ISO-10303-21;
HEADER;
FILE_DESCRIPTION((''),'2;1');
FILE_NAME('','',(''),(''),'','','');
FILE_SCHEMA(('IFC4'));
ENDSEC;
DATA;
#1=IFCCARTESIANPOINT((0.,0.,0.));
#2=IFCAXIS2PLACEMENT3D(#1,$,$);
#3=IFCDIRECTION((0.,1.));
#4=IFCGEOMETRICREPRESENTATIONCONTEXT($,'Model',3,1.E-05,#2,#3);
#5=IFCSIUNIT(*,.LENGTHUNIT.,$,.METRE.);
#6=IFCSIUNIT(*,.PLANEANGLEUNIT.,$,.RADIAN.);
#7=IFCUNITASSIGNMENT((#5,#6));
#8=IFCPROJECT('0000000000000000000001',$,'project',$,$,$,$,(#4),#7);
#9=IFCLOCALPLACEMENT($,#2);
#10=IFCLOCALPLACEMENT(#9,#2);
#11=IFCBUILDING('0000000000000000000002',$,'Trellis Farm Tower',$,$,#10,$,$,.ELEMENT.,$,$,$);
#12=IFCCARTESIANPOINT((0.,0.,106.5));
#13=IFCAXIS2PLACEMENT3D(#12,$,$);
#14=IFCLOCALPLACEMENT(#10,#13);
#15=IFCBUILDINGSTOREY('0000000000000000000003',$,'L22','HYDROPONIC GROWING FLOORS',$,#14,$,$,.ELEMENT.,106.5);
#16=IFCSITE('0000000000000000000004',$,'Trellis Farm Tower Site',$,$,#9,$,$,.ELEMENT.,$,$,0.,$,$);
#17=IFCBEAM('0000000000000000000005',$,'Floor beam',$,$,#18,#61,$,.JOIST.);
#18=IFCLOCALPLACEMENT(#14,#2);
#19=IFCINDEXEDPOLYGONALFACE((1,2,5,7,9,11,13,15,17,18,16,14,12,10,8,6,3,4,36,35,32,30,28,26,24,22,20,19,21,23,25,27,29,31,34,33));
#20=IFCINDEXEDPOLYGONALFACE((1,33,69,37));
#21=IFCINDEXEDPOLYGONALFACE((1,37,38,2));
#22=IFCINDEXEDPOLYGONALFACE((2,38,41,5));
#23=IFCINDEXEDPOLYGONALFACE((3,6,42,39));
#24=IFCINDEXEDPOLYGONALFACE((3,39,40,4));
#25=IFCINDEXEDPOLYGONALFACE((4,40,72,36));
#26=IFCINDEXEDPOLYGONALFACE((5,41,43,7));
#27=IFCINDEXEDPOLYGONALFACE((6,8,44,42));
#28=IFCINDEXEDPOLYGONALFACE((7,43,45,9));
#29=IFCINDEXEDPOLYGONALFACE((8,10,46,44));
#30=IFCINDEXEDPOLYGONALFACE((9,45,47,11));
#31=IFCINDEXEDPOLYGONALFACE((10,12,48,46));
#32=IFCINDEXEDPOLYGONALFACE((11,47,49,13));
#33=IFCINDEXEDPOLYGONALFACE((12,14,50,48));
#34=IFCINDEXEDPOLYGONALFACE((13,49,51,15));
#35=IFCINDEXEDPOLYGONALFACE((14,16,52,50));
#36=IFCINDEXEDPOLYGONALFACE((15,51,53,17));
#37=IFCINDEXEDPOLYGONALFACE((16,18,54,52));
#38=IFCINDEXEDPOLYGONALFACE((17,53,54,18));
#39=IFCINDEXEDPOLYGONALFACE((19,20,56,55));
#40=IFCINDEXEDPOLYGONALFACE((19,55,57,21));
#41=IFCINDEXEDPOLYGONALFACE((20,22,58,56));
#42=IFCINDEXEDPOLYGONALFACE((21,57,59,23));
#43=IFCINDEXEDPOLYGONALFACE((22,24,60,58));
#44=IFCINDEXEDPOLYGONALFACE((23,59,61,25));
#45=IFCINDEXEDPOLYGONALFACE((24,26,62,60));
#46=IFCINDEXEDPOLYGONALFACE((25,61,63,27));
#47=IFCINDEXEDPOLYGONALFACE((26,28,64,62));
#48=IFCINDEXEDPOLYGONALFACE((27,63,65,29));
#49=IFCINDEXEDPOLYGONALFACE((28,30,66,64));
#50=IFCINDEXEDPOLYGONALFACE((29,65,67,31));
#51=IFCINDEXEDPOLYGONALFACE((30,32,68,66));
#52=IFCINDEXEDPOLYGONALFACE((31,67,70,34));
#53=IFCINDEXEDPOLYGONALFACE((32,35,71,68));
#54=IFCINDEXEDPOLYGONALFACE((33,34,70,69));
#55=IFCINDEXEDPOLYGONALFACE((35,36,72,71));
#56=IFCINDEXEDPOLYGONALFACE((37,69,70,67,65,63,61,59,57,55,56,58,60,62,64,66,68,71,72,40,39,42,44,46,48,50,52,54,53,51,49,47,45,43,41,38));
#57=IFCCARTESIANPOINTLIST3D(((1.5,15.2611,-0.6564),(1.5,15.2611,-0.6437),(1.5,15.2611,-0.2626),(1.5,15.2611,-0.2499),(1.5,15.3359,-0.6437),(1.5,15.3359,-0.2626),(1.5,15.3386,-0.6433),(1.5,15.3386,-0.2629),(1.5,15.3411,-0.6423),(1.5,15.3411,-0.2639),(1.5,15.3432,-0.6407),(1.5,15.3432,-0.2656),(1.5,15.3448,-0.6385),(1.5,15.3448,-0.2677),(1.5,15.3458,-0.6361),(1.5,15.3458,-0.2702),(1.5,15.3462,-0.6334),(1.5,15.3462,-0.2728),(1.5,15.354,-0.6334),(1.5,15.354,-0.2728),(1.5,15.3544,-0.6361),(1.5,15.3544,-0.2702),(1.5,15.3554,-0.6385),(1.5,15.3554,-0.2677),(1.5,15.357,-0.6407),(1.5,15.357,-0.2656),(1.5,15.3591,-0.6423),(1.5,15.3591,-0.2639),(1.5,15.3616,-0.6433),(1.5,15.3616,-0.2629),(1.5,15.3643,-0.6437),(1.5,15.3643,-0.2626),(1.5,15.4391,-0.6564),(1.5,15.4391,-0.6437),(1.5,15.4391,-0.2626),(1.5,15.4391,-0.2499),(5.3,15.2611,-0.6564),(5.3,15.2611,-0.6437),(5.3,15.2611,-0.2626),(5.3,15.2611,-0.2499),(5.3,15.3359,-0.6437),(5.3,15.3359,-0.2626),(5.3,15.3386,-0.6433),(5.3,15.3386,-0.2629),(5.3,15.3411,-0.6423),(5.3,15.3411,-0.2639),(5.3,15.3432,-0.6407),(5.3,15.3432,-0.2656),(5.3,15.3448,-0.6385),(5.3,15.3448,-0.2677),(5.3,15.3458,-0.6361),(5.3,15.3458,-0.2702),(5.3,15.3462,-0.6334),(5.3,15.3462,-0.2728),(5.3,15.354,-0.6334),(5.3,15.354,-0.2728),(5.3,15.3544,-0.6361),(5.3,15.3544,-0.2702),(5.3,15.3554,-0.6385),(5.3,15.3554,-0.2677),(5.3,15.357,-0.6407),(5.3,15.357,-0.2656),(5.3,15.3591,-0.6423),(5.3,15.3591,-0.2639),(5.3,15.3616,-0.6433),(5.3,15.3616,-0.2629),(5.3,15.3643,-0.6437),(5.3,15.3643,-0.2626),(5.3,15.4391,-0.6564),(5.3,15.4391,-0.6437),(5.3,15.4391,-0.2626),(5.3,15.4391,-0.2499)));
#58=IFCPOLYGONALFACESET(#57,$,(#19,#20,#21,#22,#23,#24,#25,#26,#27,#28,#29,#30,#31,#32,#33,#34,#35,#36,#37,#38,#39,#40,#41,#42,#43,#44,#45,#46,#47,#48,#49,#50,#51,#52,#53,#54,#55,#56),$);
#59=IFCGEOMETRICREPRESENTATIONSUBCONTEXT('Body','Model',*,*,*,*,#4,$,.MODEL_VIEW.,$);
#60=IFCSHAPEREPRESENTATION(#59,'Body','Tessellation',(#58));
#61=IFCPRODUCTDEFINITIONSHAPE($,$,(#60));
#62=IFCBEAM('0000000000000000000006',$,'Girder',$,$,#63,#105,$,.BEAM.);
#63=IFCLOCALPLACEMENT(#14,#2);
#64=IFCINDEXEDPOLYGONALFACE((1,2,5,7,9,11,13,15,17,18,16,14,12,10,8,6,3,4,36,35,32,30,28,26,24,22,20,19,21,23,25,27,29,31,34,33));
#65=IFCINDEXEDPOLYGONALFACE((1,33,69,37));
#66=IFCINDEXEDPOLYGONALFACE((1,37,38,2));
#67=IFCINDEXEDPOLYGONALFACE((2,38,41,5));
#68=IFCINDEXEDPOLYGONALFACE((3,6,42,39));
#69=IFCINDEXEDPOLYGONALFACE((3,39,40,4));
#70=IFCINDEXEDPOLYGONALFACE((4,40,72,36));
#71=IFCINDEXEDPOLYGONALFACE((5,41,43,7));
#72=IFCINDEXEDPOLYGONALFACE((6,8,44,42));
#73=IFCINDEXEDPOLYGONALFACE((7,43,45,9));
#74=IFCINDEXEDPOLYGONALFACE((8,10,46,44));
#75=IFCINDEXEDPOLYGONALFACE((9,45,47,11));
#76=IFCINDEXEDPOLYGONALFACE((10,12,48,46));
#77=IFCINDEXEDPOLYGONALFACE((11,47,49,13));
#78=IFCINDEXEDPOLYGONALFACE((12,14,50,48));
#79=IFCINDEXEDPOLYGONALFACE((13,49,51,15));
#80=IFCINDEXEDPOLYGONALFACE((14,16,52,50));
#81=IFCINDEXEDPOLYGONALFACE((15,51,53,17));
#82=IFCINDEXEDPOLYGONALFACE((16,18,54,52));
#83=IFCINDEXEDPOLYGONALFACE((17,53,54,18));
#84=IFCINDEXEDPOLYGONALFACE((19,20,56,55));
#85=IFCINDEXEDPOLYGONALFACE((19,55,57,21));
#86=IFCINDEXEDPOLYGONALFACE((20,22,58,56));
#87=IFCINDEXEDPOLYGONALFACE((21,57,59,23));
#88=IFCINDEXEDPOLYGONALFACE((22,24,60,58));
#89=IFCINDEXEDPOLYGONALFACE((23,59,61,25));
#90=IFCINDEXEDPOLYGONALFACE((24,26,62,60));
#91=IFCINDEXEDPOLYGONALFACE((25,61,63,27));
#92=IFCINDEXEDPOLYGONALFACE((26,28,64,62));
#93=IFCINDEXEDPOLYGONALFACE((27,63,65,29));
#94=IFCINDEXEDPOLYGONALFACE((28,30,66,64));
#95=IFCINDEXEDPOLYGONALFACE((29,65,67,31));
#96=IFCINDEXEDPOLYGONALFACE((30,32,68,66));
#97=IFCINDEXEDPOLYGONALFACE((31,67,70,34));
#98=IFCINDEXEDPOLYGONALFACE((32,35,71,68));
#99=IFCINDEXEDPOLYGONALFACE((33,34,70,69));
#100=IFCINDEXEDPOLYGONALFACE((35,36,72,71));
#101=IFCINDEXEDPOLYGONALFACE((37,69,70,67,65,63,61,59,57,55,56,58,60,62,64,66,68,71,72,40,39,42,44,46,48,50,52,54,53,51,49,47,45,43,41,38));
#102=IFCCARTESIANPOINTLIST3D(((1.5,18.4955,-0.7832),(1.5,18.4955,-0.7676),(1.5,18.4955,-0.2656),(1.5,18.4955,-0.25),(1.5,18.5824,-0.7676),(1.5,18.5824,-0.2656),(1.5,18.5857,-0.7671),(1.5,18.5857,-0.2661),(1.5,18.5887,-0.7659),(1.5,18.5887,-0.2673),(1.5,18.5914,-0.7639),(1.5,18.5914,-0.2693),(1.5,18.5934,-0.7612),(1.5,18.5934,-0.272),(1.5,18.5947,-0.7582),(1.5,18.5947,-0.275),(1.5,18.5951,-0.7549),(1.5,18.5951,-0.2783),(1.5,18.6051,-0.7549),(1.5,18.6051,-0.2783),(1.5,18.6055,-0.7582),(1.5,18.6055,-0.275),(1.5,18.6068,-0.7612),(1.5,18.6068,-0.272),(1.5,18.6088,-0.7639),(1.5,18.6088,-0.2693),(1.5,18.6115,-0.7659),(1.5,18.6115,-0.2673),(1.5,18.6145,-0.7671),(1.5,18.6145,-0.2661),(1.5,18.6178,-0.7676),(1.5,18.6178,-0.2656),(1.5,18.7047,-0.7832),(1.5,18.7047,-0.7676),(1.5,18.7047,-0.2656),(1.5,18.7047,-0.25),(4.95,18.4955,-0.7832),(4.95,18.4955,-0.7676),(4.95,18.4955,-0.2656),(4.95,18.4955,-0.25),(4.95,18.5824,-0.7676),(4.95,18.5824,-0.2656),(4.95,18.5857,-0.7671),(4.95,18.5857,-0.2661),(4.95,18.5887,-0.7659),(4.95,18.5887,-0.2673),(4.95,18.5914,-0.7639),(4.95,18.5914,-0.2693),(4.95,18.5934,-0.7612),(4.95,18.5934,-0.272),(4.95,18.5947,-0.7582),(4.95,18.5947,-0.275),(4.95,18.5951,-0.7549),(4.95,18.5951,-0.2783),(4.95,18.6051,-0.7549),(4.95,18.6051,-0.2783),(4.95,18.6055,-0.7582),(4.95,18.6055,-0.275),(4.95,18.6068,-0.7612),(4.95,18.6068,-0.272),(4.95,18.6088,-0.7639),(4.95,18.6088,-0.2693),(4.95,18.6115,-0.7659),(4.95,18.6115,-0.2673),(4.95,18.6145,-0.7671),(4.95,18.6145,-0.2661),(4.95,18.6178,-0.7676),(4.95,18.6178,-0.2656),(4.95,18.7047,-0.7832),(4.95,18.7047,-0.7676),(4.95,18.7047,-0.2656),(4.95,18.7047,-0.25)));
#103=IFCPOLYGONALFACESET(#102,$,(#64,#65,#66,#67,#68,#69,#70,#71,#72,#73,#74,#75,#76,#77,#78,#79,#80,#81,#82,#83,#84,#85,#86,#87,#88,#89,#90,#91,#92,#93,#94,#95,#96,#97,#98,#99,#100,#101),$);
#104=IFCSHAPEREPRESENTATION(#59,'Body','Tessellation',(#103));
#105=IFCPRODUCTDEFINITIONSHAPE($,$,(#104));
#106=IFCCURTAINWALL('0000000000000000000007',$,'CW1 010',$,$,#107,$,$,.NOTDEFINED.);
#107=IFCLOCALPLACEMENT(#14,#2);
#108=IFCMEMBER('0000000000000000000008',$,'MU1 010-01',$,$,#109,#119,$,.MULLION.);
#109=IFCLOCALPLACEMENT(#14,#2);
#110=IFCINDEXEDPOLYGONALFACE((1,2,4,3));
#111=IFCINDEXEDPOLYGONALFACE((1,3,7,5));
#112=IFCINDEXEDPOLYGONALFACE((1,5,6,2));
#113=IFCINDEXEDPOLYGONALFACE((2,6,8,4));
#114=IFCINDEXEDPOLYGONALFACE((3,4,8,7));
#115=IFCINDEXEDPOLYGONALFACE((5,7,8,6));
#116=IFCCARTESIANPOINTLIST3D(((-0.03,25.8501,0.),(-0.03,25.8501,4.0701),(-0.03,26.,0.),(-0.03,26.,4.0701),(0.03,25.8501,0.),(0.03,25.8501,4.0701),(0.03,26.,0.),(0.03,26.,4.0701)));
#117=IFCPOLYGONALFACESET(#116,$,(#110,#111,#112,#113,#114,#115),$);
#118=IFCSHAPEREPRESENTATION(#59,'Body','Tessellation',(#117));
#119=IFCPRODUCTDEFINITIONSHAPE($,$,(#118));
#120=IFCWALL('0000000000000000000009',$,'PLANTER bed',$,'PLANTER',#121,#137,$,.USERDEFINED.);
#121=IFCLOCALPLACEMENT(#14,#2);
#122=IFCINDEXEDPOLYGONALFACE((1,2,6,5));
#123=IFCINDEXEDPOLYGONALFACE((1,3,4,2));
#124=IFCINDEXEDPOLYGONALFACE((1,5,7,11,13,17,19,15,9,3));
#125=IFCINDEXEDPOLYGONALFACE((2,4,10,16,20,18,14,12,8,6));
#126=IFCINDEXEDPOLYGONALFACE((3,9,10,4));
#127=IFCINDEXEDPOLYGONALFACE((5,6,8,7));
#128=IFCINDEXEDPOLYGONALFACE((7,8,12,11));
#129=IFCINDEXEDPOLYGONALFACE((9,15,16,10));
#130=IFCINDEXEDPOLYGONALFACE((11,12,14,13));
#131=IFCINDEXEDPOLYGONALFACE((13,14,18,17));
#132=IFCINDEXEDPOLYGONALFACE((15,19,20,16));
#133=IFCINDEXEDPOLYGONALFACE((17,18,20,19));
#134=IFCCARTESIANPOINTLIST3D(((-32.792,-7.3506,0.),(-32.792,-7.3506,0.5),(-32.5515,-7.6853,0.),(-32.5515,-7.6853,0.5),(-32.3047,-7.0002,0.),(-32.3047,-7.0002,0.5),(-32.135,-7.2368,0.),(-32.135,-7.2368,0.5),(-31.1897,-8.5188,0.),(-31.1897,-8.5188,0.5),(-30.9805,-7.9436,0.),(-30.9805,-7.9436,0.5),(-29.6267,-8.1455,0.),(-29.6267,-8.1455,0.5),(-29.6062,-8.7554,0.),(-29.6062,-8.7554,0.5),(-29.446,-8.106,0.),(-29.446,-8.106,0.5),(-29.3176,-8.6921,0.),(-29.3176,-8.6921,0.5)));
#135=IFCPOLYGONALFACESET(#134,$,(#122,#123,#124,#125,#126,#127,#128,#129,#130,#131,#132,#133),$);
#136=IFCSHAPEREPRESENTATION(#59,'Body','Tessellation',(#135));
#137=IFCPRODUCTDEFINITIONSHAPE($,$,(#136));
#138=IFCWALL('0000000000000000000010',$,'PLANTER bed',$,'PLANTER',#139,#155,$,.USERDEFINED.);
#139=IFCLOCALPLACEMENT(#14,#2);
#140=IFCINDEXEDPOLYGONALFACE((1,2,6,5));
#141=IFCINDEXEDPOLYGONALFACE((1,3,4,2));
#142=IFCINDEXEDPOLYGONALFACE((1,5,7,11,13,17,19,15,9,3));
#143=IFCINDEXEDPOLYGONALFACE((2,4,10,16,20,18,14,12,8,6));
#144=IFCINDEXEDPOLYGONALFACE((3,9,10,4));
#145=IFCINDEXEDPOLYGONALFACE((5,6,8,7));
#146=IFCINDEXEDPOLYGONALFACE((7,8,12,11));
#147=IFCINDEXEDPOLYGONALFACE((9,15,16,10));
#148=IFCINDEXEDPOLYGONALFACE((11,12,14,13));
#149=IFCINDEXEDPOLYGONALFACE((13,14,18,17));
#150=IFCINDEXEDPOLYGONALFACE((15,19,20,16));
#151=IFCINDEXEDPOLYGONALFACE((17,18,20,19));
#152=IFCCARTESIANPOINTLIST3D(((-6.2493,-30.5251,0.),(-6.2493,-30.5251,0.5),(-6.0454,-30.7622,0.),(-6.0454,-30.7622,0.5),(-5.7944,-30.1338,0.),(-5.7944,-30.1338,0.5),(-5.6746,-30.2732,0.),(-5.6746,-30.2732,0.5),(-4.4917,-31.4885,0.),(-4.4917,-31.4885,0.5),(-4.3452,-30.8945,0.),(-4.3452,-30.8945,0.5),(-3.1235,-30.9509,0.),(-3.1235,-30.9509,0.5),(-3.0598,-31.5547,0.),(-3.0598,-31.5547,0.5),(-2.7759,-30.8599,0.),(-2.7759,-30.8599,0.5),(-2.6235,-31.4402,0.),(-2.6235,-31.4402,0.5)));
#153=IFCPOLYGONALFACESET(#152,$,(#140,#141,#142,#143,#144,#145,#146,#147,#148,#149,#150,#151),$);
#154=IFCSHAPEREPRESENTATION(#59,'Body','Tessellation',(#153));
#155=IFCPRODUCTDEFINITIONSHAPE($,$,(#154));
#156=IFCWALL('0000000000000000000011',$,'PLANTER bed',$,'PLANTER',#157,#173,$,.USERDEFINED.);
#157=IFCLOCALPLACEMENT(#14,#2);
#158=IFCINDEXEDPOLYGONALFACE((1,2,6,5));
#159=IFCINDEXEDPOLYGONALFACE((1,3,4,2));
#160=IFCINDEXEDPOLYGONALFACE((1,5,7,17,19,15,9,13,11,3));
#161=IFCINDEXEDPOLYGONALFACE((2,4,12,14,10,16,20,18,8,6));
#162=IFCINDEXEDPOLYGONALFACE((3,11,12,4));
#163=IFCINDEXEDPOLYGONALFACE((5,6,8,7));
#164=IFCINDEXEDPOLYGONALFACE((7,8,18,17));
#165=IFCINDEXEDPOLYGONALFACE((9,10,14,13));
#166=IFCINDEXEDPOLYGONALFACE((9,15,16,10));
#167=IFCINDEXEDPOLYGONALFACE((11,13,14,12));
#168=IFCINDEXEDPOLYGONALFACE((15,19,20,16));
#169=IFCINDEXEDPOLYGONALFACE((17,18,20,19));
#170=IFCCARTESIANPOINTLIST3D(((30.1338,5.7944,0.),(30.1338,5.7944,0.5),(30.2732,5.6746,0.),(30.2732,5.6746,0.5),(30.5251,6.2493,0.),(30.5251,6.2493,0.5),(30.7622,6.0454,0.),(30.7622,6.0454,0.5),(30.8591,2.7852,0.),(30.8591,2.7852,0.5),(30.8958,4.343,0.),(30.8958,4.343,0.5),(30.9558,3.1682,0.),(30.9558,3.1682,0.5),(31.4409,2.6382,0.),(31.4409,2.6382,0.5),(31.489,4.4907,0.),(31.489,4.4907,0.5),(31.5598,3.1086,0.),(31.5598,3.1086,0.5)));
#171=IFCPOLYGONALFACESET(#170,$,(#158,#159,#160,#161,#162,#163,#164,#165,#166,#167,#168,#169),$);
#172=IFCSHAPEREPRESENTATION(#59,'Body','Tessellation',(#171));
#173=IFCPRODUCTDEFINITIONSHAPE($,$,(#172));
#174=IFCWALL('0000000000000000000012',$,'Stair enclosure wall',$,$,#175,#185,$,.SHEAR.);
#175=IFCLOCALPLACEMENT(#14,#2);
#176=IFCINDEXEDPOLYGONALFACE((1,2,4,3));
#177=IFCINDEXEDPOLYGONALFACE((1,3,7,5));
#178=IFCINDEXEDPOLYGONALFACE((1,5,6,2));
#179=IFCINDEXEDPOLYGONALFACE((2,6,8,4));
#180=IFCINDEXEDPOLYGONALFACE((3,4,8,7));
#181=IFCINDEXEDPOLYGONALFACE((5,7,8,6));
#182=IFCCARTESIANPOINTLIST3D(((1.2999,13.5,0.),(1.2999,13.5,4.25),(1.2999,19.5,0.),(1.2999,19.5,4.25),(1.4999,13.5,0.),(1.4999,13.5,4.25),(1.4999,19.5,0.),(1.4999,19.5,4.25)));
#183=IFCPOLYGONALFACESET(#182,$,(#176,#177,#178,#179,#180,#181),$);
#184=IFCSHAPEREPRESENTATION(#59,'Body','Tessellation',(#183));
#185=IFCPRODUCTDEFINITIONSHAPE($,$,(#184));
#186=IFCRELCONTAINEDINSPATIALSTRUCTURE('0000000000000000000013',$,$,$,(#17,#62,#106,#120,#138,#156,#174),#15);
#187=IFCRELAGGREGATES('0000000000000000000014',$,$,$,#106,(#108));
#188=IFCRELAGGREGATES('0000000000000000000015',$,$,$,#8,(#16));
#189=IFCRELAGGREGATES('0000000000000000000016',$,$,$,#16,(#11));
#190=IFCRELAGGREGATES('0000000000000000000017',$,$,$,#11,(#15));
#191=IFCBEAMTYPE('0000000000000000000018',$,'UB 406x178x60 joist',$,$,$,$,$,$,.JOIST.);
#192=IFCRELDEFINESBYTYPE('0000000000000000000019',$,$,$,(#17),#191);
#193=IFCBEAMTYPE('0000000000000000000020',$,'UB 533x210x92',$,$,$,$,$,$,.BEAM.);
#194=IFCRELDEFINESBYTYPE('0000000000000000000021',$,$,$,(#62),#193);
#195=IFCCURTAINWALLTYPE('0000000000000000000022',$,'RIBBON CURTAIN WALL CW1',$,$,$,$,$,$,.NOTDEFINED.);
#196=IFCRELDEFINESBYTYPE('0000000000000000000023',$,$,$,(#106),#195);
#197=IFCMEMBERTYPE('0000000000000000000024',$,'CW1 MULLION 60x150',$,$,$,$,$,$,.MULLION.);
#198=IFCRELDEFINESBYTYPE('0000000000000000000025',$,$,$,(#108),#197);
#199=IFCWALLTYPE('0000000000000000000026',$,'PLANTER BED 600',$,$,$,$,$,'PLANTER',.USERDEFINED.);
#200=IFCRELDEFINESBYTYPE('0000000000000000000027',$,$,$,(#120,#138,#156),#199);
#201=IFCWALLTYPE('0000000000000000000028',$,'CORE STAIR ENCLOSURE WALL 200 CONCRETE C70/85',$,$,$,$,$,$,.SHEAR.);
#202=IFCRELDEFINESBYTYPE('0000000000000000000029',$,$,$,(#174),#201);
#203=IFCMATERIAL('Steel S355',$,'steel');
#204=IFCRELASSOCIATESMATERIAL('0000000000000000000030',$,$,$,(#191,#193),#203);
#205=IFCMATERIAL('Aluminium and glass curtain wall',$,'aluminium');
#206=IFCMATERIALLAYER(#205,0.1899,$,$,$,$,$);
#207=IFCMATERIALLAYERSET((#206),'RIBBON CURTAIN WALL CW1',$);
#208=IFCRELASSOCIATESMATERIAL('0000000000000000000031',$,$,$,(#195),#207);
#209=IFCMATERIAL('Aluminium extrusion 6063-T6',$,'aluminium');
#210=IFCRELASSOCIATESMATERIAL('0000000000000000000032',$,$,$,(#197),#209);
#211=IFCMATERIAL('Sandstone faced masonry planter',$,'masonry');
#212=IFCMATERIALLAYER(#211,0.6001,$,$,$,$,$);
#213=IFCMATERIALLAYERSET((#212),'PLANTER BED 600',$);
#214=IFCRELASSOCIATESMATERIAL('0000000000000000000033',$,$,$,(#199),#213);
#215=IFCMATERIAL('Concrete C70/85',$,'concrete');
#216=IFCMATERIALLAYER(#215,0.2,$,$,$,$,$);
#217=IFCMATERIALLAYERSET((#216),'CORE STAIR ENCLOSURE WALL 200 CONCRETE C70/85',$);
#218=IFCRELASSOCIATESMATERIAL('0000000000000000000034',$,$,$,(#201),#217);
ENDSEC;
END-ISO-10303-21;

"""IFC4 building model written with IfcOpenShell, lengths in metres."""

from ifc_helpers import new_model, si_unit, direction, frame, frame_2d, origin, origin_2d, place, context, subcontext, project, spatial, polyline, rectangle, i_section, outline, extrude, source, transform, mapped, material, layer, layer_set, material_profile, profile_set, type_object, element, aggregate, save


model = new_model("IFC4")

# Units and contexts
model_context = context("Model", 3, precision=1e-05, world=origin(), true_north=direction((0.0, 1.0)))
body_context = subcontext(model_context, "Body", "Model", "MODEL_VIEW")
ifc_project = project(units=[si_unit("LENGTHUNIT", "METRE"), si_unit("PLANEANGLEUNIT", "RADIAN")], contexts=[model_context])

# Site, building, storey
site_placement = place(None, origin())
site = spatial("IfcSite", under=ifc_project, at=site_placement, Name="Trellis Farm Tower Site", CompositionType="ELEMENT", RefElevation=0.0)
building_placement = place(site_placement, origin())
building = spatial("IfcBuilding", under=site, at=building_placement, Name="Trellis Farm Tower", CompositionType="ELEMENT")
storey_placement = place(building_placement, frame((0.0, 0.0, 106.5)))
storey = spatial("IfcBuildingStorey", under=building, at=storey_placement, Name="L22", Description="HYDROPONIC GROWING FLOORS", CompositionType="ELEMENT", Elevation=106.5)

# Beams
ifc_material_1 = material(Name="Steel S355", Category="steel")
ifc_material_profile_1 = material_profile(ifc_material_1, i_section(OverallWidth=0.178, OverallDepth=0.4065, WebThickness=0.0078, FlangeThickness=0.0127, FilletRadius=0.0103, at=origin_2d()), Name="UB 406x178x60")
ifc_profile_set_1 = profile_set([ifc_material_profile_1], Name="Steel S355")
beam_type_1 = type_object("IfcBeamType", Name="UB 406x178x60 joist", PredefinedType="JOIST", material=ifc_profile_set_1)
shared_shape_1 = source(origin(), body_context, "Body", "SweptSolid", [
    extrude(i_section(OverallWidth=0.178, OverallDepth=0.4065, WebThickness=0.0078, FlangeThickness=0.0127, FilletRadius=0.0103, at=origin_2d()), origin(), (0.0, 0.0, 1.0), 3.8),
])
beam_1_placement = place(storey_placement, frame((1.5, 15.3501, -0.4531), z_axis=(1.0, 0.0, 0.0), x_axis=(0.0, 1.0, 0.0)))
element("IfcBeam", 1, at=beam_1_placement, inside=storey, type_object=beam_type_1, Name="Floor beam", PredefinedType="JOIST", context=body_context, shape_type="MappedRepresentation", body=[
    mapped(shared_shape_1, transform((0.0, 0.0, 0.0))),
])
ifc_material_profile_2 = material_profile(ifc_material_1, i_section(OverallWidth=0.2092, OverallDepth=0.5332, WebThickness=0.01, FlangeThickness=0.0156, FilletRadius=0.0127, at=origin_2d()), Name="UB 533x210x92")
ifc_profile_set_2 = profile_set([ifc_material_profile_2], Name="Steel S355")
beam_type_2 = type_object("IfcBeamType", Name="UB 533x210x92", PredefinedType="BEAM", material=ifc_profile_set_2)
shared_shape_2 = source(origin(), body_context, "Body", "SweptSolid", [
    extrude(i_section(OverallWidth=0.2092, OverallDepth=0.5332, WebThickness=0.01, FlangeThickness=0.0156, FilletRadius=0.0127, at=origin_2d()), origin(), (0.0, 0.0, 1.0), 3.45),
])
beam_2_placement = place(storey_placement, frame((1.5, 18.6001, -0.5166), z_axis=(1.0, 0.0, 0.0), x_axis=(0.0, 1.0, 0.0)))
element("IfcBeam", 2, at=beam_2_placement, inside=storey, type_object=beam_type_2, Name="Girder", PredefinedType="BEAM", context=body_context, shape_type="MappedRepresentation", body=[
    mapped(shared_shape_2, transform((0.0, 0.0, 0.0))),
])

# Curtain wall, member
ifc_material_2 = material(Name="Aluminium and glass curtain wall", Category="aluminium")
ifc_layer_1 = layer(ifc_material_2, 0.1899)
ifc_layer_set_1 = layer_set([ifc_layer_1], Name="RIBBON CURTAIN WALL CW1")
curtain_wall_type = type_object("IfcCurtainWallType", Name="RIBBON CURTAIN WALL CW1", PredefinedType="NOTDEFINED", material=ifc_layer_set_1)
placement = place(storey_placement, origin())
curtain_wall = element("IfcCurtainWall", 3, at=placement, inside=storey, type_object=curtain_wall_type, Name="CW1 010", PredefinedType="NOTDEFINED")
ifc_material_3 = material(Name="Aluminium extrusion 6063-T6", Category="aluminium")
ifc_material_profile_3 = material_profile(ifc_material_3, rectangle(XDim=0.0601, YDim=0.1499, at=origin_2d()), Name="MULLION 60x150")
ifc_profile_set_3 = profile_set([ifc_material_profile_3], Name="Aluminium extrusion 6063-T6")
member_type = type_object("IfcMemberType", Name="CW1 MULLION 60x150", PredefinedType="MULLION", material=ifc_profile_set_3)
shared_shape_3 = source(origin(), body_context, "Body", "SweptSolid", [
    extrude(rectangle(XDim=0.0601, YDim=0.1499, at=origin_2d()), origin(), (0.0, 0.0, 1.0), 4.0701),
])
member_placement = place(storey_placement, frame((0.0, 25.925, 0.0), z_axis=(0.0, 0.0, 1.0), x_axis=(-1.0, 0.0, 0.0)))
member = element("IfcMember", 4, at=member_placement, type_object=member_type, Name="MU1 010-01", PredefinedType="MULLION", context=body_context, shape_type="MappedRepresentation", body=[
    mapped(shared_shape_3, transform((0.0, 0.0, 0.0))),
])
aggregate(curtain_wall, [member])

# Walls
ifc_material_4 = material(Name="Sandstone faced masonry planter", Category="masonry")
ifc_layer_2 = layer(ifc_material_4, 0.6001)
ifc_layer_set_2 = layer_set([ifc_layer_2], Name="PLANTER BED 600")
wall_type_1 = type_object("IfcWallType", Name="PLANTER BED 600", ElementType="PLANTER", PredefinedType="USERDEFINED", material=ifc_layer_set_2)
element("IfcWall", 5, at=placement, inside=storey, type_object=wall_type_1, Name="PLANTER bed", ObjectType="PLANTER", PredefinedType="USERDEFINED", context=body_context, shape_type="SweptSolid", body=[
    extrude(outline(polyline([(-29.6062, -8.7554), (-31.1897, -8.5188), (-32.5515, -7.6853), (-32.792, -7.3506), (-32.3047, -7.0002), (-32.135, -7.2368), (-30.9805, -7.9436), (-29.6267, -8.1455), (-29.446, -8.106), (-29.3176, -8.6921), (-29.6062, -8.7554)])), origin(), (0.0, 0.0, 1.0), 0.5),
])
element("IfcWall", 6, at=placement, inside=storey, type_object=wall_type_1, Name="PLANTER bed", ObjectType="PLANTER", PredefinedType="USERDEFINED", context=body_context, shape_type="SweptSolid", body=[
    extrude(outline(polyline([(-4.4917, -31.4885), (-6.0454, -30.7622), (-6.2493, -30.5251), (-5.7944, -30.1338), (-5.6746, -30.2732), (-4.3452, -30.8945), (-3.1235, -30.9509), (-2.7759, -30.8599), (-2.6235, -31.4402), (-3.0598, -31.5547), (-4.4917, -31.4885)])), origin(), (0.0, 0.0, 1.0), 0.5),
])
element("IfcWall", 7, at=placement, inside=storey, type_object=wall_type_1, Name="PLANTER bed", ObjectType="PLANTER", PredefinedType="USERDEFINED", context=body_context, shape_type="SweptSolid", body=[
    extrude(outline(polyline([(31.489, 4.4907), (31.5598, 3.1086), (31.4409, 2.6382), (30.8591, 2.7852), (30.9558, 3.1682), (30.8958, 4.343), (30.2732, 5.6746), (30.1338, 5.7944), (30.5251, 6.2493), (30.7622, 6.0454), (31.489, 4.4907)])), origin(), (0.0, 0.0, 1.0), 0.5),
])
ifc_material_5 = material(Name="Concrete C70/85", Category="concrete")
ifc_layer_3 = layer(ifc_material_5, 0.2)
ifc_layer_set_3 = layer_set([ifc_layer_3], Name="CORE STAIR ENCLOSURE WALL 200 CONCRETE C70/85")
wall_type_2 = type_object("IfcWallType", Name="CORE STAIR ENCLOSURE WALL 200 CONCRETE C70/85", PredefinedType="SHEAR", material=ifc_layer_set_3)
shared_shape_4 = source(origin(), body_context, "Body", "SweptSolid", [
    extrude(rectangle(XDim=6.0, YDim=0.2, at=frame_2d((3.0, 0.0))), origin(), (0.0, 0.0, 1.0), 4.25),
])
wall_1_placement = place(storey_placement, frame((1.3999, 13.5, 0.0), z_axis=(0.0, 0.0, 1.0), x_axis=(0.0, 1.0, 0.0)))
element("IfcWall", 8, at=wall_1_placement, inside=storey, type_object=wall_type_2, Name="Stair enclosure wall", PredefinedType="SHEAR", context=body_context, shape_type="MappedRepresentation", body=[
    mapped(shared_shape_4, transform((0.0, 0.0, 0.0))),
])

save(model, "model.ifc")
